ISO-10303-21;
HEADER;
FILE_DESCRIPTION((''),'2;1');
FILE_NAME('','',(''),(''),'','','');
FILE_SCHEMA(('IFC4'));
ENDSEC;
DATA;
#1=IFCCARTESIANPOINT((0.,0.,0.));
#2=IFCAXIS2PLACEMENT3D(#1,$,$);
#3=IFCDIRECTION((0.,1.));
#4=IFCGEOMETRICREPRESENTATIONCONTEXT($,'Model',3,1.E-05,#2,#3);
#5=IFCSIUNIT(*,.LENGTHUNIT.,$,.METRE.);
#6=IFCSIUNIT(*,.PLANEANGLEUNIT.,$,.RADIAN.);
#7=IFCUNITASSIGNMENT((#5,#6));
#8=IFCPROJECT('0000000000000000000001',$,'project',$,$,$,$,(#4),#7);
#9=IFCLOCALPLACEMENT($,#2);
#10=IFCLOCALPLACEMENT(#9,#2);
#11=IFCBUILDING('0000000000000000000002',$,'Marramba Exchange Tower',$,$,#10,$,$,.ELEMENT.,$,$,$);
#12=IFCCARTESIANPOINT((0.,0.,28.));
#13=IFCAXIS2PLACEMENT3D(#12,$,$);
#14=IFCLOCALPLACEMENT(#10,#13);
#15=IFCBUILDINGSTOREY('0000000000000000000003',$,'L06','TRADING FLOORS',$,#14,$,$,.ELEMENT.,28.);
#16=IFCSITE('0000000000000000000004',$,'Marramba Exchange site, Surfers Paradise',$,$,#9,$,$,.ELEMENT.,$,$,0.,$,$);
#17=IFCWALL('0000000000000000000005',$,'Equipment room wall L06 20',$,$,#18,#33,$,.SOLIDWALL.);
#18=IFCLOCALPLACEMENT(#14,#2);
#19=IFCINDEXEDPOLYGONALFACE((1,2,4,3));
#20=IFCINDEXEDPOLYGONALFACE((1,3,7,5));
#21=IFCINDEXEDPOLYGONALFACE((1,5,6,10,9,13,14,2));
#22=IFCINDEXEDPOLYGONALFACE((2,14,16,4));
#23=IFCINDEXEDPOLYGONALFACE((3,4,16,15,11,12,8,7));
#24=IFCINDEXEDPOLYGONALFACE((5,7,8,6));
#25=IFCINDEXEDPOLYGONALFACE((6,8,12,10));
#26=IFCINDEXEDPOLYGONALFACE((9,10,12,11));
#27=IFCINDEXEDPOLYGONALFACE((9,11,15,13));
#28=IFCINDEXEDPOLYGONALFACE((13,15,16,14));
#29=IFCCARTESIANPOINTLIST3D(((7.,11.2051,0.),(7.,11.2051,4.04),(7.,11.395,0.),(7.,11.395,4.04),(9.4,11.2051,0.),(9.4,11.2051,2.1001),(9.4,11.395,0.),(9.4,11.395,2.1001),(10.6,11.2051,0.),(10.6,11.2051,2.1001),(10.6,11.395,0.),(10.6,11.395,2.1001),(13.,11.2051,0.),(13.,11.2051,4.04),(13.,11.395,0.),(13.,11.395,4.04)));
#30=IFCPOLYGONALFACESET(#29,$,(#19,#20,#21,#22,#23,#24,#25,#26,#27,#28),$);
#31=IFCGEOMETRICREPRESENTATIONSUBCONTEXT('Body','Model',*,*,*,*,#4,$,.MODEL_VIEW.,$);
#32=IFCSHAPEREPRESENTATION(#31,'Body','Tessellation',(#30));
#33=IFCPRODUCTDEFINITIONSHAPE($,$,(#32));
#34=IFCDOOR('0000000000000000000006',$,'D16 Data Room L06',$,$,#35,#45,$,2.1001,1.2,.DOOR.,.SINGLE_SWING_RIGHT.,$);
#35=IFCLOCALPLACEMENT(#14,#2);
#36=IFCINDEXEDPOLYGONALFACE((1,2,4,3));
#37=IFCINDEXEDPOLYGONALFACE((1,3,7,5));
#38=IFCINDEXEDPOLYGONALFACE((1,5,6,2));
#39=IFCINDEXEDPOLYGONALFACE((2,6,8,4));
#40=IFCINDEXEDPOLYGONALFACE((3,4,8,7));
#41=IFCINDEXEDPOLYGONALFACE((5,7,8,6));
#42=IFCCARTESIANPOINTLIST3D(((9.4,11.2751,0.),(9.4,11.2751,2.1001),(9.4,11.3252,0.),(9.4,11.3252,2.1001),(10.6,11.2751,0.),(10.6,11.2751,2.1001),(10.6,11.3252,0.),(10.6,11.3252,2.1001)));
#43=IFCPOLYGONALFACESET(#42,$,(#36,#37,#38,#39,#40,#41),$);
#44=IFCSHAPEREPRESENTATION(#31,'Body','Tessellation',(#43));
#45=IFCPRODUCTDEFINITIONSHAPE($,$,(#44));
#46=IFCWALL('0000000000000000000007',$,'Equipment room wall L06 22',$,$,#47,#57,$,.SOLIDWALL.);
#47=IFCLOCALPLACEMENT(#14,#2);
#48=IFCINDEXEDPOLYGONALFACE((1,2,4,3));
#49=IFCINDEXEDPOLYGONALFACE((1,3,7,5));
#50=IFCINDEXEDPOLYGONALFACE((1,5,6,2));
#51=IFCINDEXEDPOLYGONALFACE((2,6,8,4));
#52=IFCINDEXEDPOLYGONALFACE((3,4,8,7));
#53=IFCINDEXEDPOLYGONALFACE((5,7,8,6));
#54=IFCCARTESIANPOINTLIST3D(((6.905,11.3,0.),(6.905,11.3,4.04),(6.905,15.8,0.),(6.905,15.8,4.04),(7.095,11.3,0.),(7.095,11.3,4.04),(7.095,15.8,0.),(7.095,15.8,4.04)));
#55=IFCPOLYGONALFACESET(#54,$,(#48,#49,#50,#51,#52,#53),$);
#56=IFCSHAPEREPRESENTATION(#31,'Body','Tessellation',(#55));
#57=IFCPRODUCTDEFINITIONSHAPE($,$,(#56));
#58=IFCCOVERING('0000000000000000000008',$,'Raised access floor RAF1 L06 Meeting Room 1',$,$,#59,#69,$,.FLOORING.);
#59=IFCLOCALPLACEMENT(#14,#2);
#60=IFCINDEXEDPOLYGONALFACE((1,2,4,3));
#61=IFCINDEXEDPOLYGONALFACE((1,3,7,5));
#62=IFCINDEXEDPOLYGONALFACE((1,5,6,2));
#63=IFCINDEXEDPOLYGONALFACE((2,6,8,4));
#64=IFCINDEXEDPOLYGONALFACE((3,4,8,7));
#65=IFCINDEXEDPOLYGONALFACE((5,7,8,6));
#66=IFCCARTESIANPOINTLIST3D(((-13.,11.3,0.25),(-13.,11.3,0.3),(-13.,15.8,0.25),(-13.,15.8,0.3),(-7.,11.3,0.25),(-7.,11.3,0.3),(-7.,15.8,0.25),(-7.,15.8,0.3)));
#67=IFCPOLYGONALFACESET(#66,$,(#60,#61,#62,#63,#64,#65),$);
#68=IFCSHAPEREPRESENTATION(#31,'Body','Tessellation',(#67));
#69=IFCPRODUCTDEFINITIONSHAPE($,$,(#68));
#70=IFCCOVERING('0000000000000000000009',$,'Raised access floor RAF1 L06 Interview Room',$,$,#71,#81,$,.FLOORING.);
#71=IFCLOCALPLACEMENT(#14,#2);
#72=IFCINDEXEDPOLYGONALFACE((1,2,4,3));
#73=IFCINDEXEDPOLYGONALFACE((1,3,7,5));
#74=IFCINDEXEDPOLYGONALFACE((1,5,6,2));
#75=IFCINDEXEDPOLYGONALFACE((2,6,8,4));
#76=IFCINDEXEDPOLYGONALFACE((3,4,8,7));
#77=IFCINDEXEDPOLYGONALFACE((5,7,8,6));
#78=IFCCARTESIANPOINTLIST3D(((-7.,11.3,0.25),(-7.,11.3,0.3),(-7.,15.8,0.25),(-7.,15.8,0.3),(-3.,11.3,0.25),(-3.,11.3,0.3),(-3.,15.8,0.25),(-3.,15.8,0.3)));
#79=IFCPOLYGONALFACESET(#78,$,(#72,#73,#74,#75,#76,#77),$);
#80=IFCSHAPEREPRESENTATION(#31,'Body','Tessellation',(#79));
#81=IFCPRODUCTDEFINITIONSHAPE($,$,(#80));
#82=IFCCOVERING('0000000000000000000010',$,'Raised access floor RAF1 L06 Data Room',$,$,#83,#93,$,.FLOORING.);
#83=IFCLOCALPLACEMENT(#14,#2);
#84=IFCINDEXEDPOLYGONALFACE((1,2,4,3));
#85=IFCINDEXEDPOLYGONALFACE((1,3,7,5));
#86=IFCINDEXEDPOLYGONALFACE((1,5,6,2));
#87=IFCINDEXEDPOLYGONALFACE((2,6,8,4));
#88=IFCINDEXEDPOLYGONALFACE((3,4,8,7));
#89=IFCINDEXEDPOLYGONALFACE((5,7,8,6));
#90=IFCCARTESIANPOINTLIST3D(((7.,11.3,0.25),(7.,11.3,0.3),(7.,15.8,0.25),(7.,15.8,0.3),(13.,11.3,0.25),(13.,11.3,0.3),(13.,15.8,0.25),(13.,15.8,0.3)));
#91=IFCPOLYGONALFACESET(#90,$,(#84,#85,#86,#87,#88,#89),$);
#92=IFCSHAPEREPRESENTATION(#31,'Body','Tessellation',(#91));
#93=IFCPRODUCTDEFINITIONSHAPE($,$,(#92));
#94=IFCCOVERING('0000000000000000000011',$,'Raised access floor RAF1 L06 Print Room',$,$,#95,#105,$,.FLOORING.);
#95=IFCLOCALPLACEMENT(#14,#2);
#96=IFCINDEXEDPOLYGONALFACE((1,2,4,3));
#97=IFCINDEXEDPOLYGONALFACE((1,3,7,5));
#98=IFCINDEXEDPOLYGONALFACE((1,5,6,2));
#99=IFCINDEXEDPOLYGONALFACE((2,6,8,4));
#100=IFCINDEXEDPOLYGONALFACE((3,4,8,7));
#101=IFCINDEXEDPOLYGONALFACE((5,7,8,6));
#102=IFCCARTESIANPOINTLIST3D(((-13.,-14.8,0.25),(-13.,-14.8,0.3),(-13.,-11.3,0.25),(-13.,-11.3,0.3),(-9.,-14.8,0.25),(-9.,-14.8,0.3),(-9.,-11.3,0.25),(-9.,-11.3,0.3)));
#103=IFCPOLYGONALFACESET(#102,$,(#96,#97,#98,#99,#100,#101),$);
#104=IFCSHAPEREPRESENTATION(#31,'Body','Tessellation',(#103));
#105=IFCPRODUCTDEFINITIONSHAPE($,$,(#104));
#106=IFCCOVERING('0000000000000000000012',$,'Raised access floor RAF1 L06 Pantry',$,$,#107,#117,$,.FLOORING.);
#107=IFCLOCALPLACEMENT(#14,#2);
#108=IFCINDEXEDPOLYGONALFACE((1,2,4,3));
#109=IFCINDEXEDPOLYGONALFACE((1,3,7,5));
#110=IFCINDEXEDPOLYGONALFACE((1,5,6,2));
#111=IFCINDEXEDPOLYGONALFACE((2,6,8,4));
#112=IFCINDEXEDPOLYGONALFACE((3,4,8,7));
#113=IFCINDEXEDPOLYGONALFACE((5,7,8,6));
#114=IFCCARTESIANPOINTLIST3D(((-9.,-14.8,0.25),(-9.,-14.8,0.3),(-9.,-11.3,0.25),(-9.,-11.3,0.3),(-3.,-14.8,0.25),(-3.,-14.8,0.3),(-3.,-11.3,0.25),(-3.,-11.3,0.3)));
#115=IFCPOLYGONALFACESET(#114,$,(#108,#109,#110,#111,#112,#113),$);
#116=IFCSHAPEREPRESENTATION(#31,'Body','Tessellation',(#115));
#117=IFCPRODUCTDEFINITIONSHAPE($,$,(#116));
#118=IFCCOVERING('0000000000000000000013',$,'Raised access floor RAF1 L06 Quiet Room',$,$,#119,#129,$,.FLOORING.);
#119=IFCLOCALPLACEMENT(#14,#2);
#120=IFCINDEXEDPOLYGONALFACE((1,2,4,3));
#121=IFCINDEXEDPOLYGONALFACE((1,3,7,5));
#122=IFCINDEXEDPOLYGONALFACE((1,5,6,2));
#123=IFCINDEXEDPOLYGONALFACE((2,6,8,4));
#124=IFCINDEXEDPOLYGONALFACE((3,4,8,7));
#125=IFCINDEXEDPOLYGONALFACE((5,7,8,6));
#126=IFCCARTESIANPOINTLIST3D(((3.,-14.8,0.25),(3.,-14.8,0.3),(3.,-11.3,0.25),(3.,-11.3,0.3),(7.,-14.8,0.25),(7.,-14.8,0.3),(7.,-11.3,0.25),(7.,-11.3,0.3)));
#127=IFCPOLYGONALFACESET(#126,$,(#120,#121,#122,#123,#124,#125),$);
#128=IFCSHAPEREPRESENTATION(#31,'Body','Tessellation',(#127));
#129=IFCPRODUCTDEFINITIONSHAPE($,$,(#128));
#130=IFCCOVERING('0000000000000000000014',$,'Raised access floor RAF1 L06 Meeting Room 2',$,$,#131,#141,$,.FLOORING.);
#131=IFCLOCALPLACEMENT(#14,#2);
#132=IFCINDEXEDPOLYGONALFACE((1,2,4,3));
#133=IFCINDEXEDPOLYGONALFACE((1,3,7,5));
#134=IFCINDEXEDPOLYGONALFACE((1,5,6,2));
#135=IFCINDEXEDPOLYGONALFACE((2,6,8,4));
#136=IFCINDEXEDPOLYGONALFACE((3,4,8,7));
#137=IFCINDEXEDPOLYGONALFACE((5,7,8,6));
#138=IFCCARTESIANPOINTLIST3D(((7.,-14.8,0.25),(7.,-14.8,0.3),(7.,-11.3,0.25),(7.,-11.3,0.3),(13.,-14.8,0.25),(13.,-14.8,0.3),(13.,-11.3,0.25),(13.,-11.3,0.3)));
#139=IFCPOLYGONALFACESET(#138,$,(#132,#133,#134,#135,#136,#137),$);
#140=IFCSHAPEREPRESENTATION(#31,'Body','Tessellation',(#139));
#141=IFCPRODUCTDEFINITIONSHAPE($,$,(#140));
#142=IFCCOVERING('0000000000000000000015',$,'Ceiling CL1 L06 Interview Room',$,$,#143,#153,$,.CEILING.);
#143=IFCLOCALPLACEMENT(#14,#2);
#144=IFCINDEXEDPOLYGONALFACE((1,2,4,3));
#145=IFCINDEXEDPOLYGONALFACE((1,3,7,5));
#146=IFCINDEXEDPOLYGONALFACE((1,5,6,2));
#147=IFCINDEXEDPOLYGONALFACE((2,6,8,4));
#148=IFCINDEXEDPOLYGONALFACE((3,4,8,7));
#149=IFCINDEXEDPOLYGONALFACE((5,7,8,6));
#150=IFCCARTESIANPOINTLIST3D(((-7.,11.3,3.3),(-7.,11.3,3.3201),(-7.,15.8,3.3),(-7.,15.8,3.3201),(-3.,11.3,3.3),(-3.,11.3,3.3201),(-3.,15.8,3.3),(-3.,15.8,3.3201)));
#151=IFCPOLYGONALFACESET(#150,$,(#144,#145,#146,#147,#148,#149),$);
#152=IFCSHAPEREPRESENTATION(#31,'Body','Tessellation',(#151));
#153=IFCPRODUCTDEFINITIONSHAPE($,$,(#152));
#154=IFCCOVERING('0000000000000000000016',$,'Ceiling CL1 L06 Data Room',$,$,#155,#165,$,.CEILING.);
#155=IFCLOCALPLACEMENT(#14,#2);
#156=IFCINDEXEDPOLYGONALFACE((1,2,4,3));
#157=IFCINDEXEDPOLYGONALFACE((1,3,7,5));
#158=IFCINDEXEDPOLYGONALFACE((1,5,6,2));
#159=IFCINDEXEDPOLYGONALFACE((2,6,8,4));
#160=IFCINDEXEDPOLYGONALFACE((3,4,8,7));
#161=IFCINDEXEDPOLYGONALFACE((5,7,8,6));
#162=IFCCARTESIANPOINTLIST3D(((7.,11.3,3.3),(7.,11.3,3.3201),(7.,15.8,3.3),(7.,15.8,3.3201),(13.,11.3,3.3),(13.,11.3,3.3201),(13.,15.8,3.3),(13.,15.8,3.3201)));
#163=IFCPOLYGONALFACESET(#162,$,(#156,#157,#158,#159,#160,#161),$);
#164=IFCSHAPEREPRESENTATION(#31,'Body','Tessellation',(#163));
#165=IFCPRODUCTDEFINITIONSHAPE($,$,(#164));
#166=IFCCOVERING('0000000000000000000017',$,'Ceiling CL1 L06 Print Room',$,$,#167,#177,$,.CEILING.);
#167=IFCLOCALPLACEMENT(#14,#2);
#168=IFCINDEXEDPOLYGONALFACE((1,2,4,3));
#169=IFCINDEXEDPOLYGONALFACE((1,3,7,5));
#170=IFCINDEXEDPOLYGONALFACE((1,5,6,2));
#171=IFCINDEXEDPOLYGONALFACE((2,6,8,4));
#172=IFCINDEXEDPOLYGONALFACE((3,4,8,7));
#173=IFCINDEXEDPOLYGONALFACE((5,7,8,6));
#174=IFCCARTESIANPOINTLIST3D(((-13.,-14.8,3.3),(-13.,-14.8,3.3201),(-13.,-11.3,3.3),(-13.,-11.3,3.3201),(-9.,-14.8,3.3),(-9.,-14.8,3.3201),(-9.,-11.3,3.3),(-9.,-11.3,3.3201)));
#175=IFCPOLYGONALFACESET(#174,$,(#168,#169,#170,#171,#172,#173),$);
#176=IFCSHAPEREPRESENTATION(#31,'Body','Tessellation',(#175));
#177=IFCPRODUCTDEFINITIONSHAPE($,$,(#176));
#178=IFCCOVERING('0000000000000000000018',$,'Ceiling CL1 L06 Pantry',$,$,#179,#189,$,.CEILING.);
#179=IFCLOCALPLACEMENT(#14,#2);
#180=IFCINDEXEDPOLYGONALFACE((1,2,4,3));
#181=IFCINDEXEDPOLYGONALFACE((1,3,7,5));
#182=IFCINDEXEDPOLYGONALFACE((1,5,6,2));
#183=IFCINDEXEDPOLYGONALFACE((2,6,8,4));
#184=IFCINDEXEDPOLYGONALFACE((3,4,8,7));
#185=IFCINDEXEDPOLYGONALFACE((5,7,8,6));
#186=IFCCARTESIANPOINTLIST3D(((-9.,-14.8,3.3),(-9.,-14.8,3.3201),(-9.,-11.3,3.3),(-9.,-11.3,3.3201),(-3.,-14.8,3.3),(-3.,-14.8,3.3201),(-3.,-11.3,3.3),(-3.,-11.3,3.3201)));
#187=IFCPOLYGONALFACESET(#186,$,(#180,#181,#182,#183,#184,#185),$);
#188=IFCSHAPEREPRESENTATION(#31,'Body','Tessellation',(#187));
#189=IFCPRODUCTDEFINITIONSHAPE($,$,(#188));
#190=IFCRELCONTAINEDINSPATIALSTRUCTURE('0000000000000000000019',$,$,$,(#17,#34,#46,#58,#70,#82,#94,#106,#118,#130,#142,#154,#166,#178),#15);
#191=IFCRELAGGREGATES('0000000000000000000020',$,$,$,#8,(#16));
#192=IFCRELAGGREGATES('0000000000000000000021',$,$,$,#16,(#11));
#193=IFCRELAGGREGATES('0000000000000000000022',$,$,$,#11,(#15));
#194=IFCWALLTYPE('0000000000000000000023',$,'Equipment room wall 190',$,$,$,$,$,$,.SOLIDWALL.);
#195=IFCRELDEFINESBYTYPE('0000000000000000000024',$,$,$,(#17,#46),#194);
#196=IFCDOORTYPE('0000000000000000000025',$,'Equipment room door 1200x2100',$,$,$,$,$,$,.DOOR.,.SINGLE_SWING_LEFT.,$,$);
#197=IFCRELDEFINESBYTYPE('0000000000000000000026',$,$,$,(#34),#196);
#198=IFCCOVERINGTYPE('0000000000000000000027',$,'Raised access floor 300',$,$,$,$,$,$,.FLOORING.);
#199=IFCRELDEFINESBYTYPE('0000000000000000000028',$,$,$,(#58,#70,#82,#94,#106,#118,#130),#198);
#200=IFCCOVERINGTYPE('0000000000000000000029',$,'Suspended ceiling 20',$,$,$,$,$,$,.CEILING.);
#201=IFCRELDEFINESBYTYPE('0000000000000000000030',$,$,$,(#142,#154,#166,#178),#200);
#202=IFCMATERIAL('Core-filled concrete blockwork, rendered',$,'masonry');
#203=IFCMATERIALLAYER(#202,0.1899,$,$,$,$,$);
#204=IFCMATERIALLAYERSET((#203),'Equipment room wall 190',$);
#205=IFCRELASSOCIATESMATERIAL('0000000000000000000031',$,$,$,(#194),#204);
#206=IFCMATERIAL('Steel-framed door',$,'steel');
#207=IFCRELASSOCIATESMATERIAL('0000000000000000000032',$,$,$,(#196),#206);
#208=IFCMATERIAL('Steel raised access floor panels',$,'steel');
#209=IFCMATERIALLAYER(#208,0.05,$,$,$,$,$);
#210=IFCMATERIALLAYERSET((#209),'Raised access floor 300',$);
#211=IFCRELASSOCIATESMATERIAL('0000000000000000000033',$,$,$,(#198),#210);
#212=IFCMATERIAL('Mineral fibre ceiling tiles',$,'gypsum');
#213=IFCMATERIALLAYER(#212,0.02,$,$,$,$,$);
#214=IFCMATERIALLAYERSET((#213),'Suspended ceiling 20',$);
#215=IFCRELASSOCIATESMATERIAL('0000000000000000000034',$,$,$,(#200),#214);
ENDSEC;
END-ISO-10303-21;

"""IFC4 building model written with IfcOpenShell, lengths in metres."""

from ifc_helpers import new_model, si_unit, direction, frame, frame_2d, origin, place, context, subcontext, project, spatial, polyline, rectangle, outline, extrude, material, layer, layer_set, type_object, element, fill, save


model = new_model("IFC4")

# Units and contexts
model_context = context("Model", 3, precision=1e-05, world=origin(), true_north=direction((0.0, 1.0)))
body_context = subcontext(model_context, "Body", "Model", "MODEL_VIEW")
ifc_project = project(units=[si_unit("LENGTHUNIT", "METRE"), si_unit("PLANEANGLEUNIT", "RADIAN")], contexts=[model_context])

# Site, building, storey
site_placement = place(None, origin())
site = spatial("IfcSite", under=ifc_project, at=site_placement, Name="Marramba Exchange site, Surfers Paradise", CompositionType="ELEMENT", RefElevation=0.0)
building_placement = place(site_placement, origin())
building = spatial("IfcBuilding", under=site, at=building_placement, Name="Marramba Exchange Tower", CompositionType="ELEMENT")
storey_placement = place(building_placement, frame((0.0, 0.0, 28.0)))
storey = spatial("IfcBuildingStorey", under=building, at=storey_placement, Name="L06", Description="TRADING FLOORS", CompositionType="ELEMENT", Elevation=28.0)

# Wall, opening, door
ifc_material_1 = material(Name="Core-filled concrete blockwork, rendered", Category="masonry")
ifc_layer_1 = layer(ifc_material_1, 0.1899)
ifc_layer_set_1 = layer_set([ifc_layer_1], Name="Equipment room wall 190")
wall_type_1 = type_object("IfcWallType", Name="Equipment room wall 190", PredefinedType="SOLIDWALL", material=ifc_layer_set_1)
wall_1_placement = place(storey_placement, frame((13.0, 11.3, 0.0), z_axis=(0.0, 0.0, 1.0), x_axis=(-1.0, 0.0, 0.0)))
wall_1 = element("IfcWall", 1, at=wall_1_placement, inside=storey, type_object=wall_type_1, Name="Equipment room wall L06 20", PredefinedType="SOLIDWALL", context=body_context, shape_type="SweptSolid", body=[
    extrude(rectangle(XDim=6.0, YDim=0.1899, at=frame_2d((3.0, 0.0))), origin(), (0.0, 0.0, 1.0), 4.04),
])
opening_placement = place(wall_1_placement, frame((2.3999, 0.0, 0.0)))
opening = element("IfcOpeningElement", 2, at=opening_placement, cuts=wall_1, PredefinedType="OPENING", context=body_context, shape_type="SweptSolid", body=[
    extrude(rectangle(XDim=1.2, YDim=2.1001, at=frame_2d((0.6001, 1.05))), frame((0.0, 0.105, 0.0), z_axis=(0.0, -1.0, 0.0), x_axis=(1.0, 0.0, 0.0)), (0.0, 0.0, 1.0), 0.21),
])
ifc_material_2 = material(Name="Steel-framed door", Category="steel")
door_type = type_object("IfcDoorType", Name="Equipment room door 1200x2100", OperationType="SINGLE_SWING_LEFT", PredefinedType="DOOR", material=ifc_material_2)
door_placement = place(opening_placement, frame((1.2, 0.0, 0.0), z_axis=(0.0, 0.0, 1.0), x_axis=(-1.0, 0.0, 0.0)))
door = element("IfcDoor", 3, at=door_placement, inside=storey, type_object=door_type, Name="D16 Data Room L06", OperationType="SINGLE_SWING_RIGHT", OverallHeight=2.1001, OverallWidth=1.2, PredefinedType="DOOR", context=body_context, shape_type="SweptSolid", body=[
    extrude(rectangle(XDim=1.2, YDim=2.1001, at=frame_2d((0.5999, 1.05))), frame((0.0, 0.0251, 0.0), z_axis=(0.0, -1.0, 0.0), x_axis=(1.0, 0.0, 0.0)), (0.0, 0.0, 1.0), 0.05),
])
fill(opening, door)

# Wall
wall_2_placement = place(storey_placement, frame((7.0, 11.3, 0.0), z_axis=(0.0, 0.0, 1.0), x_axis=(0.0, 1.0, 0.0)))
element("IfcWall", 4, at=wall_2_placement, inside=storey, type_object=wall_type_1, Name="Equipment room wall L06 22", PredefinedType="SOLIDWALL", context=body_context, shape_type="SweptSolid", body=[
    extrude(rectangle(XDim=4.5, YDim=0.1899, at=frame_2d((2.25, 0.0))), origin(), (0.0, 0.0, 1.0), 4.04),
])

# Coverings
ifc_material_3 = material(Name="Steel raised access floor panels", Category="steel")
ifc_layer_2 = layer(ifc_material_3, 0.05)
ifc_layer_set_2 = layer_set([ifc_layer_2], Name="Raised access floor 300")
covering_type_1 = type_object("IfcCoveringType", Name="Raised access floor 300", PredefinedType="FLOORING", material=ifc_layer_set_2)
covering_1_placement = place(storey_placement, frame((0.0, 0.0, 0.25)))
element("IfcCovering", 5, at=covering_1_placement, inside=storey, type_object=covering_type_1, Name="Raised access floor RAF1 L06 Meeting Room 1", PredefinedType="FLOORING", context=body_context, shape_type="SweptSolid", body=[
    extrude(outline(polyline([(-7.0, 15.8), (-7.0, 11.3), (-13.0, 11.3), (-13.0, 15.8), (-7.0, 15.8)])), origin(), (0.0, 0.0, 1.0), 0.05),
])
covering_2_placement = place(storey_placement, frame((0.0, 0.0, 0.25)))
element("IfcCovering", 6, at=covering_2_placement, inside=storey, type_object=covering_type_1, Name="Raised access floor RAF1 L06 Interview Room", PredefinedType="FLOORING", context=body_context, shape_type="SweptSolid", body=[
    extrude(outline(polyline([(-3.0, 15.8), (-3.0, 11.3), (-7.0, 11.3), (-7.0, 15.8), (-3.0, 15.8)])), origin(), (0.0, 0.0, 1.0), 0.05),
])
covering_3_placement = place(storey_placement, frame((0.0, 0.0, 0.25)))
element("IfcCovering", 7, at=covering_3_placement, inside=storey, type_object=covering_type_1, Name="Raised access floor RAF1 L06 Data Room", PredefinedType="FLOORING", context=body_context, shape_type="SweptSolid", body=[
    extrude(outline(polyline([(13.0, 11.3), (7.0, 11.3), (7.0, 15.8), (13.0, 15.8), (13.0, 11.3)])), origin(), (0.0, 0.0, 1.0), 0.05),
])
covering_4_placement = place(storey_placement, frame((0.0, 0.0, 0.25)))
element("IfcCovering", 8, at=covering_4_placement, inside=storey, type_object=covering_type_1, Name="Raised access floor RAF1 L06 Print Room", PredefinedType="FLOORING", context=body_context, shape_type="SweptSolid", body=[
    extrude(outline(polyline([(-9.0, -14.8), (-13.0, -14.8), (-13.0, -11.3), (-9.0, -11.3), (-9.0, -14.8)])), origin(), (0.0, 0.0, 1.0), 0.05),
])
covering_5_placement = place(storey_placement, frame((0.0, 0.0, 0.25)))
element("IfcCovering", 9, at=covering_5_placement, inside=storey, type_object=covering_type_1, Name="Raised access floor RAF1 L06 Pantry", PredefinedType="FLOORING", context=body_context, shape_type="SweptSolid", body=[
    extrude(outline(polyline([(-3.0, -14.8), (-9.0, -14.8), (-9.0, -11.3), (-3.0, -11.3), (-3.0, -14.8)])), origin(), (0.0, 0.0, 1.0), 0.05),
])
covering_6_placement = place(storey_placement, frame((0.0, 0.0, 0.25)))
element("IfcCovering", 10, at=covering_6_placement, inside=storey, type_object=covering_type_1, Name="Raised access floor RAF1 L06 Quiet Room", PredefinedType="FLOORING", context=body_context, shape_type="SweptSolid", body=[
    extrude(outline(polyline([(7.0, -11.3), (7.0, -14.8), (3.0, -14.8), (3.0, -11.3), (7.0, -11.3)])), origin(), (0.0, 0.0, 1.0), 0.05),
])
covering_7_placement = place(storey_placement, frame((0.0, 0.0, 0.25)))
element("IfcCovering", 11, at=covering_7_placement, inside=storey, type_object=covering_type_1, Name="Raised access floor RAF1 L06 Meeting Room 2", PredefinedType="FLOORING", context=body_context, shape_type="SweptSolid", body=[
    extrude(outline(polyline([(13.0, -14.8), (7.0, -14.8), (7.0, -11.3), (13.0, -11.3), (13.0, -14.8)])), origin(), (0.0, 0.0, 1.0), 0.05),
])
ifc_material_4 = material(Name="Mineral fibre ceiling tiles", Category="gypsum")
ifc_layer_3 = layer(ifc_material_4, 0.02)
ifc_layer_set_3 = layer_set([ifc_layer_3], Name="Suspended ceiling 20")
covering_type_2 = type_object("IfcCoveringType", Name="Suspended ceiling 20", PredefinedType="CEILING", material=ifc_layer_set_3)
covering_8_placement = place(storey_placement, frame((0.0, 0.0, 3.3)))
element("IfcCovering", 12, at=covering_8_placement, inside=storey, type_object=covering_type_2, Name="Ceiling CL1 L06 Interview Room", PredefinedType="CEILING", context=body_context, shape_type="SweptSolid", body=[
    extrude(outline(polyline([(-3.0, 15.8), (-3.0, 11.3), (-7.0, 11.3), (-7.0, 15.8), (-3.0, 15.8)])), origin(), (0.0, 0.0, 1.0), 0.02),
])
covering_9_placement = place(storey_placement, frame((0.0, 0.0, 3.3)))
element("IfcCovering", 13, at=covering_9_placement, inside=storey, type_object=covering_type_2, Name="Ceiling CL1 L06 Data Room", PredefinedType="CEILING", context=body_context, shape_type="SweptSolid", body=[
    extrude(outline(polyline([(13.0, 11.3), (7.0, 11.3), (7.0, 15.8), (13.0, 15.8), (13.0, 11.3)])), origin(), (0.0, 0.0, 1.0), 0.02),
])
covering_10_placement = place(storey_placement, frame((0.0, 0.0, 3.3)))
element("IfcCovering", 14, at=covering_10_placement, inside=storey, type_object=covering_type_2, Name="Ceiling CL1 L06 Print Room", PredefinedType="CEILING", context=body_context, shape_type="SweptSolid", body=[
    extrude(outline(polyline([(-9.0, -14.8), (-13.0, -14.8), (-13.0, -11.3), (-9.0, -11.3), (-9.0, -14.8)])), origin(), (0.0, 0.0, 1.0), 0.02),
])
covering_11_placement = place(storey_placement, frame((0.0, 0.0, 3.3)))
element("IfcCovering", 15, at=covering_11_placement, inside=storey, type_object=covering_type_2, Name="Ceiling CL1 L06 Pantry", PredefinedType="CEILING", context=body_context, shape_type="SweptSolid", body=[
    extrude(outline(polyline([(-3.0, -14.8), (-9.0, -14.8), (-9.0, -11.3), (-3.0, -11.3), (-3.0, -14.8)])), origin(), (0.0, 0.0, 1.0), 0.02),
])

save(model, "model.ifc")
